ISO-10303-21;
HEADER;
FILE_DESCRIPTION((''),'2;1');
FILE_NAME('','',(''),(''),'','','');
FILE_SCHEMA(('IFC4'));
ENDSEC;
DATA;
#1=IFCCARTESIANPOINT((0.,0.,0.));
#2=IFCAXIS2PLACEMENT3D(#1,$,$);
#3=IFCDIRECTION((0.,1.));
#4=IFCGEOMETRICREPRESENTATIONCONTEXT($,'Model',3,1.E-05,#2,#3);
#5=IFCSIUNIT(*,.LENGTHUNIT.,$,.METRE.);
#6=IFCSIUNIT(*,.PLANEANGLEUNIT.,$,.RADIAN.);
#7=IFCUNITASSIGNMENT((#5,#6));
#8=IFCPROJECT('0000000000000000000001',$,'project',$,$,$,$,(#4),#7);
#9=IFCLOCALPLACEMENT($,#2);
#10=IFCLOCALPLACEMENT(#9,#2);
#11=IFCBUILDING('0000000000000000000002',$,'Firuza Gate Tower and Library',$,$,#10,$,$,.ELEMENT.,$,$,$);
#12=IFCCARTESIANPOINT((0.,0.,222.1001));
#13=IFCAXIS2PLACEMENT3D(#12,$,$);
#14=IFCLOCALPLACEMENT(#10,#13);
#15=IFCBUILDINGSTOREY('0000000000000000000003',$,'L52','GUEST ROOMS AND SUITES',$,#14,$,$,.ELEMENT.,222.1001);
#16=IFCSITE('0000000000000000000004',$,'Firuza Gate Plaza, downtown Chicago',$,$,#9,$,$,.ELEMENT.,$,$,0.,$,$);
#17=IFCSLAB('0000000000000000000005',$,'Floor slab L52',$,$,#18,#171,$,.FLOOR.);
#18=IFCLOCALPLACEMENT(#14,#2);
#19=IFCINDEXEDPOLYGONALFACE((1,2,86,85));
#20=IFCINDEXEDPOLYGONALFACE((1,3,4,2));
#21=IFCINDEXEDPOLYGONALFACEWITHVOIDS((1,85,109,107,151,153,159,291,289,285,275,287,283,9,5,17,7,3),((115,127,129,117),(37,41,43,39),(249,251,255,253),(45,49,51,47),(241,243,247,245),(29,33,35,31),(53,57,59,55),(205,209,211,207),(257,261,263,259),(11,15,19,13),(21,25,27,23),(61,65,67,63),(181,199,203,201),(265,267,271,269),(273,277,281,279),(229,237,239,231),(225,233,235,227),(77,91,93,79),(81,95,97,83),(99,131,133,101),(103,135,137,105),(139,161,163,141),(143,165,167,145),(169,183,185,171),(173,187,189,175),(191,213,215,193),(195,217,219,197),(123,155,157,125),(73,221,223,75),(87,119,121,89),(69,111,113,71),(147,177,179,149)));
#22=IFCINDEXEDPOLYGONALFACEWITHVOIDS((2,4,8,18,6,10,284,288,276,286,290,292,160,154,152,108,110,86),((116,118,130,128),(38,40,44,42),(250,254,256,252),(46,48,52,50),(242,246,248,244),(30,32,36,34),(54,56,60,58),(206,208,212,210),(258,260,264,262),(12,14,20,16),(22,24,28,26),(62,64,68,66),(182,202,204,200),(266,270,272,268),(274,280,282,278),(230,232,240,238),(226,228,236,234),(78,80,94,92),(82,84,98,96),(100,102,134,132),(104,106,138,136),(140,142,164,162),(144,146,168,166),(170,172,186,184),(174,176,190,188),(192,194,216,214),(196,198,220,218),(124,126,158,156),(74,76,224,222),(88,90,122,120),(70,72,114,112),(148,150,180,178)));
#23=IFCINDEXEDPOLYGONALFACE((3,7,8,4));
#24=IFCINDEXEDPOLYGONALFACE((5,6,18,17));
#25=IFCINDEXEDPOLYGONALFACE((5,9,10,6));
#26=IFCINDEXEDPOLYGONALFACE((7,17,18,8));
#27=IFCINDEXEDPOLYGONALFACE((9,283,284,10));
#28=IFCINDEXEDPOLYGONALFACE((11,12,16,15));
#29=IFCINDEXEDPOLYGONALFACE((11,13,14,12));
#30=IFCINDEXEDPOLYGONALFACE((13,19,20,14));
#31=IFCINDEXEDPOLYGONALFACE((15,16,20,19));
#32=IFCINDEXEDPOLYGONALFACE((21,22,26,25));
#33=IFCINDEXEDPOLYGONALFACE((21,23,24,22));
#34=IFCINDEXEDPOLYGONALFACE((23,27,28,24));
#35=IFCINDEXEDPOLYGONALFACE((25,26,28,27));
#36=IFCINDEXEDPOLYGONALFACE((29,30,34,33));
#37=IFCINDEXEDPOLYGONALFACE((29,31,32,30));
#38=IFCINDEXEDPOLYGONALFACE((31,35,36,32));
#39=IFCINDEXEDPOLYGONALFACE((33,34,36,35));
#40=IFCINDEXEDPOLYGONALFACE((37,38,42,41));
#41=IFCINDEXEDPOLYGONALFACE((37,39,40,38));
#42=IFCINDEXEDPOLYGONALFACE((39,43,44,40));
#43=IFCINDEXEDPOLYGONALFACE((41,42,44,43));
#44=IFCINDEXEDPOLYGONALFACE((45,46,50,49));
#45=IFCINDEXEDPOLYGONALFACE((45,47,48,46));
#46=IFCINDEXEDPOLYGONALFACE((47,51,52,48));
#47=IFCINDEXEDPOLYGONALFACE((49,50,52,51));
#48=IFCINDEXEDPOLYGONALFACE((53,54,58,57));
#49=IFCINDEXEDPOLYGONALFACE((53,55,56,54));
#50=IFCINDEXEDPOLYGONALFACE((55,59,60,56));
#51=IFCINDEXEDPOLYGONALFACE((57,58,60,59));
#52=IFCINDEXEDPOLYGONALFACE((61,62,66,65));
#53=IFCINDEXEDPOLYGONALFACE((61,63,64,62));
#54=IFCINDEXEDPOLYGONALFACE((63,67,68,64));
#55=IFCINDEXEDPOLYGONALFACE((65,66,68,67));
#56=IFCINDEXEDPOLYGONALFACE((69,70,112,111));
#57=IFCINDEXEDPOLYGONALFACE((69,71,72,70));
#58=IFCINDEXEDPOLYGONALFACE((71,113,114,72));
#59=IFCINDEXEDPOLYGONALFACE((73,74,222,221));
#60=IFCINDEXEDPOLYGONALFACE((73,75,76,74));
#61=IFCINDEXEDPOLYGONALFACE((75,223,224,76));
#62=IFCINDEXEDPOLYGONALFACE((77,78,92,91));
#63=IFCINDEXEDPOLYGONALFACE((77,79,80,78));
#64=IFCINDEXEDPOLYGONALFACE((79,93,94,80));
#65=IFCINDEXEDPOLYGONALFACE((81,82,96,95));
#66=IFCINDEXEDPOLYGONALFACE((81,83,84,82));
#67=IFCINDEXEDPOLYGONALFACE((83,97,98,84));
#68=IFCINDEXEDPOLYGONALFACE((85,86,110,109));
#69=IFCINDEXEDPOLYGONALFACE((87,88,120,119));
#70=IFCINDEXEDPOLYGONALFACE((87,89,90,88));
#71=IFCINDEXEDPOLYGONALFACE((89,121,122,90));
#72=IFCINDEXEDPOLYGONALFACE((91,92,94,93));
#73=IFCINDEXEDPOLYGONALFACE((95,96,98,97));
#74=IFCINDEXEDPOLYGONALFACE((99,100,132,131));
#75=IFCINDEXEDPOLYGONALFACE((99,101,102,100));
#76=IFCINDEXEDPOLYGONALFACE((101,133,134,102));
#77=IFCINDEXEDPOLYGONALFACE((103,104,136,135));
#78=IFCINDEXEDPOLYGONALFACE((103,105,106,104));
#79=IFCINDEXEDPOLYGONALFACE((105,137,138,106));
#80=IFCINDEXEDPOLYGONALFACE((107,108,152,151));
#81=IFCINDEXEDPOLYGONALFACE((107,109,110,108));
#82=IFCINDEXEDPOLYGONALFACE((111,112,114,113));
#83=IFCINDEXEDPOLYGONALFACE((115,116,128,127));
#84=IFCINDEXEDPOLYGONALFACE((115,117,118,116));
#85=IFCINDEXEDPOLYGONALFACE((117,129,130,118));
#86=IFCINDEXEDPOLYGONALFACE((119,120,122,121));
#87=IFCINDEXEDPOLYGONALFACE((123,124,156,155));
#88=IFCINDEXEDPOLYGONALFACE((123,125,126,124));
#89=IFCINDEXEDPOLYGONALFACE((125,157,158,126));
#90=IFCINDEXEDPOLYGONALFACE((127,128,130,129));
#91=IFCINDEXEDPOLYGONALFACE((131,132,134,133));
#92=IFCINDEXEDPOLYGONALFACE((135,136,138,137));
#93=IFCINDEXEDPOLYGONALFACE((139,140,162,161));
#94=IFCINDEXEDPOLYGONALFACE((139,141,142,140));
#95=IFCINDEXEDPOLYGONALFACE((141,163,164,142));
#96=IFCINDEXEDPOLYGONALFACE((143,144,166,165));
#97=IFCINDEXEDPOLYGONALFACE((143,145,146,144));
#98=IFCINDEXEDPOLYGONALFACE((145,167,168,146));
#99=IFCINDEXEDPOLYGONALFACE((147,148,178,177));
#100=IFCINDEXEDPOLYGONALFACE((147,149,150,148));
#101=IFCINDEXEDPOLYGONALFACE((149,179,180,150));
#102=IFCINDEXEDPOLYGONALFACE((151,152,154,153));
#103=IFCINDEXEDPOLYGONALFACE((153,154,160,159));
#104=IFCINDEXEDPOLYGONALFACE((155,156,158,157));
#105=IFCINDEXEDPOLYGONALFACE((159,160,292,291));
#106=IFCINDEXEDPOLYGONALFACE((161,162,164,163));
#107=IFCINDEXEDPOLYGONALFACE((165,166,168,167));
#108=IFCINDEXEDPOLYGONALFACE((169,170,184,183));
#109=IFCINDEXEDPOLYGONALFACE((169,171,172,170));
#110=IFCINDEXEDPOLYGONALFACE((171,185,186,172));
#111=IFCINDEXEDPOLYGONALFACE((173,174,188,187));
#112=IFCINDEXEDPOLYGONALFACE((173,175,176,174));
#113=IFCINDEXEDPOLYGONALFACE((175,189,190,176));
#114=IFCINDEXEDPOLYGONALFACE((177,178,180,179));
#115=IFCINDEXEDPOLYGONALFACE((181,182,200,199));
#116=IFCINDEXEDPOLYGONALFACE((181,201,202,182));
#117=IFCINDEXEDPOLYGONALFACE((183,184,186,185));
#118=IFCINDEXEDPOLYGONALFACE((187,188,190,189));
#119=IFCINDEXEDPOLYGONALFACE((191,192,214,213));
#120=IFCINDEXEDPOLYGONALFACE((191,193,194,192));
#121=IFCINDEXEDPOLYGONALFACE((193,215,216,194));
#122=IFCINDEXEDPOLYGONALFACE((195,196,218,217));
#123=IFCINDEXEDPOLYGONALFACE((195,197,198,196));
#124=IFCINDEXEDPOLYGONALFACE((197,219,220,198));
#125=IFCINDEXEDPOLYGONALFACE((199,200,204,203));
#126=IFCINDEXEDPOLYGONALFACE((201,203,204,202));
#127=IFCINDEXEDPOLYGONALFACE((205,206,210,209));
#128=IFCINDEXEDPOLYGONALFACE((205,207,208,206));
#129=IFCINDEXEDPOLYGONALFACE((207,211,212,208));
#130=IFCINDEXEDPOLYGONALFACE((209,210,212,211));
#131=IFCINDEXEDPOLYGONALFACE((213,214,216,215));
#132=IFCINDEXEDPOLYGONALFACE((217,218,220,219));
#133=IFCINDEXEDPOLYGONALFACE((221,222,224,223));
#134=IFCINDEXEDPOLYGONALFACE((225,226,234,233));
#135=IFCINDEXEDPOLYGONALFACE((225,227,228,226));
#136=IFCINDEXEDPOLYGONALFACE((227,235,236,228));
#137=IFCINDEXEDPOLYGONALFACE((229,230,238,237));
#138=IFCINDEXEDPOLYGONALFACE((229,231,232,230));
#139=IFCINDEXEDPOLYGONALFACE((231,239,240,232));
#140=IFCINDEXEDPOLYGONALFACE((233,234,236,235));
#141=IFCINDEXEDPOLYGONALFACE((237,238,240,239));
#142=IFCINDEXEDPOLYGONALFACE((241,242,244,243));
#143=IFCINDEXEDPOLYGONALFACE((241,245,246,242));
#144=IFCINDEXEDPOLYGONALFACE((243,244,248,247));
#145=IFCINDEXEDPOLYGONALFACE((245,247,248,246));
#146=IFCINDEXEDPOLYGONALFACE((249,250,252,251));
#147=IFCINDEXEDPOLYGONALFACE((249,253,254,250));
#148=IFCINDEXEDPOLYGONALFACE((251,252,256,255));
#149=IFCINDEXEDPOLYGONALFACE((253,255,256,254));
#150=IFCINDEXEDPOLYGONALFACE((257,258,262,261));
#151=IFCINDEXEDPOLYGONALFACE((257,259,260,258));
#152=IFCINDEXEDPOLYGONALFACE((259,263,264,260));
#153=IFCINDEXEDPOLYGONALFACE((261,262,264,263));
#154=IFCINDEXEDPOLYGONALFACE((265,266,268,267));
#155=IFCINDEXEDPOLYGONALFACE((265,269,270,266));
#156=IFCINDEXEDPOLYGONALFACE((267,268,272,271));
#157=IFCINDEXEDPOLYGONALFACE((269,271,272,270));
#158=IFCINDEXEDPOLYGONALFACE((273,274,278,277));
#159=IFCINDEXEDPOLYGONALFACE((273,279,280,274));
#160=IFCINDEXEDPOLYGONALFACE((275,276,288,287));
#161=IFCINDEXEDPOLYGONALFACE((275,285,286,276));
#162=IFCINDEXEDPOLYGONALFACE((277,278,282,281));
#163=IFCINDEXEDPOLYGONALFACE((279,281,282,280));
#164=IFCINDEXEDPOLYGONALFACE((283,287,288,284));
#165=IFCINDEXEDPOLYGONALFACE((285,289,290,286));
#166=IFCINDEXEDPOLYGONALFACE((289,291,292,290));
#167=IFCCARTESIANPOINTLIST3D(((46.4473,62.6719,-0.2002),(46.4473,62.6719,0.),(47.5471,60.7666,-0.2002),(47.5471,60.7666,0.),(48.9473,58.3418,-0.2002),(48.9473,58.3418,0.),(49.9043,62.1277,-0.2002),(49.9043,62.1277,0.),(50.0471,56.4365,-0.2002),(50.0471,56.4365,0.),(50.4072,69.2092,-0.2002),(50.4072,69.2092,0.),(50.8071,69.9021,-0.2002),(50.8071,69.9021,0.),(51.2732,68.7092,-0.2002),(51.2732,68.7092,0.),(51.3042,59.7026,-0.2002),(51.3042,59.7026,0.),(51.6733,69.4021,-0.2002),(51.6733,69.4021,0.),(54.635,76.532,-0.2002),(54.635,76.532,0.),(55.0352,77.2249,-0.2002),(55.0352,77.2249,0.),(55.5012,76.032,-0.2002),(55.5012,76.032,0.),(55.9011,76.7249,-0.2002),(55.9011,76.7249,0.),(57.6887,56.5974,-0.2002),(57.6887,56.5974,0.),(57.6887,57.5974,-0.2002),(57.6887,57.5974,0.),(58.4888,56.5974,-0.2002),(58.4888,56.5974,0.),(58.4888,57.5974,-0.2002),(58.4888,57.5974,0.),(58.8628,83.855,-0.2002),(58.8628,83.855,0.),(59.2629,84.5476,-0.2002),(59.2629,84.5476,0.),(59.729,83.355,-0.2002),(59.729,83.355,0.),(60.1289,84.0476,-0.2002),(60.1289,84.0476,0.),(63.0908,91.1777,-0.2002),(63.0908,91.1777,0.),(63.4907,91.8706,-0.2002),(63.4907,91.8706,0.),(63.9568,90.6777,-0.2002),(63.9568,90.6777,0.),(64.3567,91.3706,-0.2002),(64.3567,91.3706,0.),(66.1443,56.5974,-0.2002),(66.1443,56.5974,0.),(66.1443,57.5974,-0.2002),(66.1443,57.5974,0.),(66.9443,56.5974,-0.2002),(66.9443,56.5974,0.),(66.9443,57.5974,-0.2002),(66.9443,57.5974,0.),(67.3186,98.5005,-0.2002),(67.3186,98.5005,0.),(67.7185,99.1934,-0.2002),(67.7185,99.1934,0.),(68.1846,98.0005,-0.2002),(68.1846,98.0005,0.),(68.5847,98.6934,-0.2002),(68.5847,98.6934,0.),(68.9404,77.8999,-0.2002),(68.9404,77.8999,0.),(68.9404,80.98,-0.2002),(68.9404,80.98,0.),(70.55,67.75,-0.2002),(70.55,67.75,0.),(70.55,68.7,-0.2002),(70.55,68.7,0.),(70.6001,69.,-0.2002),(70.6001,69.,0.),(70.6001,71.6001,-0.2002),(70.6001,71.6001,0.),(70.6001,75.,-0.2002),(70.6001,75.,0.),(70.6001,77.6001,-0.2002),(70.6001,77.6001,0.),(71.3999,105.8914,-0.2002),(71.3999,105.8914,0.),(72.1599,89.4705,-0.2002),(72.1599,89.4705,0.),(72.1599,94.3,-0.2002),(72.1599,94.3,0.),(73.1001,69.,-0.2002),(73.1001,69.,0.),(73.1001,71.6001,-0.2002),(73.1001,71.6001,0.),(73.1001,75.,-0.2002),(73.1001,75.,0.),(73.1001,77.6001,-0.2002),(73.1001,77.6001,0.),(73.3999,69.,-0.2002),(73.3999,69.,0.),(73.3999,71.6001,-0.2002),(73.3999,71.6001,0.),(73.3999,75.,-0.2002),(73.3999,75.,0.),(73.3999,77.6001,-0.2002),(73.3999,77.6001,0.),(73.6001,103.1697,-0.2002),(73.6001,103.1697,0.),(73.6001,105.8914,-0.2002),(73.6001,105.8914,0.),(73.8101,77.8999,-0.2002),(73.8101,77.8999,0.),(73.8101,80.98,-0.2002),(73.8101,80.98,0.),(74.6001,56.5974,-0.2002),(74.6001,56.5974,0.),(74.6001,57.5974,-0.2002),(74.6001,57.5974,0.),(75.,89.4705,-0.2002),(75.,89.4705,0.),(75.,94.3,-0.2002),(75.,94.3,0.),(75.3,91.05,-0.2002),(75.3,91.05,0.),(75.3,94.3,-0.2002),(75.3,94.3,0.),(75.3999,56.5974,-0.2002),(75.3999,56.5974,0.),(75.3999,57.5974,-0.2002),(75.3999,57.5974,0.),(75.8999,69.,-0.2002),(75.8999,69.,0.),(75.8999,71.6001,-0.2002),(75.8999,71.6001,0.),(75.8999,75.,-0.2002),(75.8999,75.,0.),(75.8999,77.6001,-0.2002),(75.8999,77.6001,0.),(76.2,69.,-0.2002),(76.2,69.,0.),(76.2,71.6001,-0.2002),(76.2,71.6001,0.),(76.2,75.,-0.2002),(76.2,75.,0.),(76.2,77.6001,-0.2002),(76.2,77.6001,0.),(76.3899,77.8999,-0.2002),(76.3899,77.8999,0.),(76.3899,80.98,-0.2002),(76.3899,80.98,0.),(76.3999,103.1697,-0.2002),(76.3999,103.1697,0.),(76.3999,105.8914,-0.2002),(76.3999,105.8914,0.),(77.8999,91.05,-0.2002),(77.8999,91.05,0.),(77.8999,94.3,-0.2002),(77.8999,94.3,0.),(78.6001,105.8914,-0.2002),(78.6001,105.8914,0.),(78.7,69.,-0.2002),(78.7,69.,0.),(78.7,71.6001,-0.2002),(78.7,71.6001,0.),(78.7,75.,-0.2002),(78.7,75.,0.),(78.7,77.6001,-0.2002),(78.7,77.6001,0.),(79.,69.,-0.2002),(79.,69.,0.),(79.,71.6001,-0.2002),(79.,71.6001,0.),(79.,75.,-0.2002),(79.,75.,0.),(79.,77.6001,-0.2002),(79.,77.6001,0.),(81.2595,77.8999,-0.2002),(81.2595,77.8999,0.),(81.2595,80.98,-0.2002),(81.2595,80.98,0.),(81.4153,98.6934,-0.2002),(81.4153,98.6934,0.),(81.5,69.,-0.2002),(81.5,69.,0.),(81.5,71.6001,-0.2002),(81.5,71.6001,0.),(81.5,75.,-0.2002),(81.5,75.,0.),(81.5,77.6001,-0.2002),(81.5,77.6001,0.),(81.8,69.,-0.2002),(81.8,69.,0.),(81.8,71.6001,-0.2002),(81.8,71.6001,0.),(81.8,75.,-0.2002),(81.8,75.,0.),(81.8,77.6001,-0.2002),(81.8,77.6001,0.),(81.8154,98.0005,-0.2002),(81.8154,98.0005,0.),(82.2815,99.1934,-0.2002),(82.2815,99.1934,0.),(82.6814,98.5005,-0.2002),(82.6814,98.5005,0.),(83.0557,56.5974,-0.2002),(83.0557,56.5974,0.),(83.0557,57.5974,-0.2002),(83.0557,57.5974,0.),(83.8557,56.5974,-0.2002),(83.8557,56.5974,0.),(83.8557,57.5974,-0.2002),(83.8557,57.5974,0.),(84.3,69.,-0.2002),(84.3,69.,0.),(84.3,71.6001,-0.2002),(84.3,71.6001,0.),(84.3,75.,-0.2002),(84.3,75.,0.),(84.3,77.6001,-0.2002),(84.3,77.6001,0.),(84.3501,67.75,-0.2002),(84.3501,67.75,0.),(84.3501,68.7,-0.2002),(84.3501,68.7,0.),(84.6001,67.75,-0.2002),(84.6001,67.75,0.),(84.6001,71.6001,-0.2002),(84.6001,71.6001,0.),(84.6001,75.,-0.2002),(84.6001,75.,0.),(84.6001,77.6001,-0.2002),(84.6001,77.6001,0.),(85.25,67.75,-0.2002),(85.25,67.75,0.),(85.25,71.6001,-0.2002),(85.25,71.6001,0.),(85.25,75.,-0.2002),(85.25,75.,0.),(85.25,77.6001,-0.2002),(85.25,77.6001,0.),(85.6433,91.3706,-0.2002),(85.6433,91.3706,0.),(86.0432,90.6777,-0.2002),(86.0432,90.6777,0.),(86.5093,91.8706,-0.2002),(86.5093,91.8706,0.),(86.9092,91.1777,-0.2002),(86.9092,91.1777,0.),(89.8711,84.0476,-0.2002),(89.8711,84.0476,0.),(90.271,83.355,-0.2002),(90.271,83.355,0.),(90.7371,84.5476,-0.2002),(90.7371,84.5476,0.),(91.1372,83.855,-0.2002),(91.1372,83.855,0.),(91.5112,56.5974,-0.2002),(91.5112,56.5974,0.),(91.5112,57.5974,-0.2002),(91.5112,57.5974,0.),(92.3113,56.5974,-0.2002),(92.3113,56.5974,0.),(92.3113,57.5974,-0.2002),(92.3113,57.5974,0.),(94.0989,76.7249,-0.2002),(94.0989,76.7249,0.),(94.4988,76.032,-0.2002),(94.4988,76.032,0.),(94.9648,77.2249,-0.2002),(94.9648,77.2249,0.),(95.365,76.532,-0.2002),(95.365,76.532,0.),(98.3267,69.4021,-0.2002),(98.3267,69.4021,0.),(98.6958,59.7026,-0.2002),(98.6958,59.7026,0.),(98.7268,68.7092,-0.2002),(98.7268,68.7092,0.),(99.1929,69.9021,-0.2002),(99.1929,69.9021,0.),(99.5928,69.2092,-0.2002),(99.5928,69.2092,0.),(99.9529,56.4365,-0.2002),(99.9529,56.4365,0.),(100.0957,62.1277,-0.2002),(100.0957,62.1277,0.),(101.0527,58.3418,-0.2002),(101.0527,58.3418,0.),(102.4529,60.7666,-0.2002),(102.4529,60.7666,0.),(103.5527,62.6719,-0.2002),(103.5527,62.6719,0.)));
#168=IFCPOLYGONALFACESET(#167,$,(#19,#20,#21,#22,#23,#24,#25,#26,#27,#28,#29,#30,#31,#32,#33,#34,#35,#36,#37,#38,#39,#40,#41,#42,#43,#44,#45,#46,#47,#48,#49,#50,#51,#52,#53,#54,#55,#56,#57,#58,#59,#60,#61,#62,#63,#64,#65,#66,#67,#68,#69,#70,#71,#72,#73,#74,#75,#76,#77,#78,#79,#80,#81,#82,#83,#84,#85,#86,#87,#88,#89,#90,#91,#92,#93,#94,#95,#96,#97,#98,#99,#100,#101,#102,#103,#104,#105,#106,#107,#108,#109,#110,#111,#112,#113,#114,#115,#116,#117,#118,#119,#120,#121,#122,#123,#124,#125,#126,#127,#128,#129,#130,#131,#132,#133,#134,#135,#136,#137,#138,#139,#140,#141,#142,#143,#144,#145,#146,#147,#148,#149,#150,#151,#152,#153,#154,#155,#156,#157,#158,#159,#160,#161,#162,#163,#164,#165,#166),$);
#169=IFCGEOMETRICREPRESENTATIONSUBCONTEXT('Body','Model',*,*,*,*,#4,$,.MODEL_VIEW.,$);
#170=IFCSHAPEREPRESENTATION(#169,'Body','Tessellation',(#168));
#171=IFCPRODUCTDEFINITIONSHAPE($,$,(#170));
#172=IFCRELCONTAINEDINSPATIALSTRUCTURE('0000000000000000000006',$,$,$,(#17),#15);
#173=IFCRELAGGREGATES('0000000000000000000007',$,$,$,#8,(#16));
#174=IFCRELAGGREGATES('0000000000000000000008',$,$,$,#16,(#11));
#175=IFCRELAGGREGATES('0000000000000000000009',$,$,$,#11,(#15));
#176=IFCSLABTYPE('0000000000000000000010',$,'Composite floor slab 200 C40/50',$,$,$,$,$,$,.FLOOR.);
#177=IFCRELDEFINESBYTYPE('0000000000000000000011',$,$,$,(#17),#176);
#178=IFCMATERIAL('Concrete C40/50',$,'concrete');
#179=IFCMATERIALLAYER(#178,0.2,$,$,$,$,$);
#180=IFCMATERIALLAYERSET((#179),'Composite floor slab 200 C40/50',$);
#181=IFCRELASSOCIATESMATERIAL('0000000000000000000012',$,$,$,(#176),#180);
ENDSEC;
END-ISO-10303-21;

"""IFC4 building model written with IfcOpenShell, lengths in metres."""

from ifc_helpers import new_model, si_unit, direction, frame, origin, place, context, subcontext, project, spatial, polyline, outline, extrude, material, layer, layer_set, type_object, element, save


model = new_model("IFC4")

# Units and contexts
model_context = context("Model", 3, precision=1e-05, world=origin(), true_north=direction((0.0, 1.0)))
body_context = subcontext(model_context, "Body", "Model", "MODEL_VIEW")
ifc_project = project(units=[si_unit("LENGTHUNIT", "METRE"), si_unit("PLANEANGLEUNIT", "RADIAN")], contexts=[model_context])

# Site, building, storey
site_placement = place(None, origin())
site = spatial("IfcSite", under=ifc_project, at=site_placement, Name="Firuza Gate Plaza, downtown Chicago", CompositionType="ELEMENT", RefElevation=0.0)
building_placement = place(site_placement, origin())
building = spatial("IfcBuilding", under=site, at=building_placement, Name="Firuza Gate Tower and Library", CompositionType="ELEMENT")
storey_placement = place(building_placement, frame((0.0, 0.0, 222.1001)))
storey = spatial("IfcBuildingStorey", under=building, at=storey_placement, Name="L52", Description="GUEST ROOMS AND SUITES", CompositionType="ELEMENT", Elevation=222.1001)

# Slab
ifc_material_1 = material(Name="Concrete C40/50", Category="concrete")
ifc_layer_1 = layer(ifc_material_1, 0.2)
ifc_layer_set_1 = layer_set([ifc_layer_1], Name="Composite floor slab 200 C40/50")
slab_type_1 = type_object("IfcSlabType", Name="Composite floor slab 200 C40/50", PredefinedType="FLOOR", material=ifc_layer_set_1)
placement_1 = place(storey_placement, frame((0.0, 0.0, -0.2002)))
element("IfcSlab", 1, at=placement_1, inside=storey, type_object=slab_type_1, Name="Floor slab L52", PredefinedType="FLOOR", context=body_context, shape_type="SweptSolid", body=[
    extrude(outline(polyline([(99.9529, 56.4365), (101.0527, 58.3418), (98.6958, 59.7026), (100.0957, 62.1277), (102.4529, 60.7666), (103.5527, 62.6719), (78.6001, 105.8914), (76.3999, 105.8914), (76.3999, 103.1697), (73.6001, 103.1697), (73.6001, 105.8914), (71.3999, 105.8914), (46.4473, 62.6719), (47.5471, 60.7666), (49.9043, 62.1277), (51.3042, 59.7026), (48.9473, 58.3418), (50.0471, 56.4365), (99.9529, 56.4365)]), holes=[polyline([(57.6887, 56.5974), (57.6887, 57.5974), (58.4888, 57.5974), (58.4888, 56.5974), (57.6887, 56.5974)]), polyline([(74.6001, 56.5974), (74.6001, 57.5974), (75.3999, 57.5974), (75.3999, 56.5974), (74.6001, 56.5974)]), polyline([(66.1443, 56.5974), (66.1443, 57.5974), (66.9443, 57.5974), (66.9443, 56.5974), (66.1443, 56.5974)]), polyline([(84.3501, 67.75), (70.55, 67.75), (70.55, 68.7), (84.3501, 68.7), (84.3501, 67.75)]), polyline([(50.8071, 69.9021), (51.6733, 69.4021), (51.2732, 68.7092), (50.4072, 69.2092), (50.8071, 69.9021)]), polyline([(73.1001, 69.0), (70.6001, 69.0), (70.6001, 71.6001), (73.1001, 71.6001), (73.1001, 69.0)]), polyline([(75.8999, 69.0), (73.3999, 69.0), (73.3999, 71.6001), (75.8999, 71.6001), (75.8999, 69.0)]), polyline([(73.1001, 75.0), (70.6001, 75.0), (70.6001, 77.6001), (73.1001, 77.6001), (73.1001, 75.0)]), polyline([(75.8999, 75.0), (73.3999, 75.0), (73.3999, 77.6001), (75.8999, 77.6001), (75.8999, 75.0)]), polyline([(55.0352, 77.2249), (55.9011, 76.7249), (55.5012, 76.032), (54.635, 76.532), (55.0352, 77.2249)]), polyline([(73.8101, 77.8999), (68.9404, 77.8999), (68.9404, 80.98), (73.8101, 80.98), (73.8101, 77.8999)]), polyline([(59.2629, 84.5476), (60.1289, 84.0476), (59.729, 83.355), (58.8628, 83.855), (59.2629, 84.5476)]), polyline([(63.4907, 91.8706), (64.3567, 91.3706), (63.9568, 90.6777), (63.0908, 91.1777), (63.4907, 91.8706)]), polyline([(72.1599, 89.4705), (72.1599, 94.3), (75.0, 94.3), (75.0, 89.4705), (72.1599, 89.4705)]), polyline([(75.3, 91.05), (75.3, 94.3), (77.8999, 94.3), (77.8999, 91.05), (75.3, 91.05)]), polyline([(68.5847, 98.6934), (68.1846, 98.0005), (67.3186, 98.5005), (67.7185, 99.1934), (68.5847, 98.6934)]), polyline([(91.5112, 56.5974), (91.5112, 57.5974), (92.3113, 57.5974), (92.3113, 56.5974), (91.5112, 56.5974)]), polyline([(83.0557, 56.5974), (83.0557, 57.5974), (83.8557, 57.5974), (83.8557, 56.5974), (83.0557, 56.5974)]), polyline([(99.5928, 69.2092), (98.7268, 68.7092), (98.3267, 69.4021), (99.1929, 69.9021), (99.5928, 69.2092)]), polyline([(85.25, 67.75), (84.6001, 67.75), (84.6001, 71.6001), (85.25, 71.6001), (85.25, 67.75)]), polyline([(81.5, 69.0), (79.0, 69.0), (79.0, 71.6001), (81.5, 71.6001), (81.5, 69.0)]), polyline([(81.8, 69.0), (81.8, 71.6001), (84.3, 71.6001), (84.3, 69.0), (81.8, 69.0)]), polyline([(76.2, 69.0), (76.2, 71.6001), (78.7, 71.6001), (78.7, 69.0), (76.2, 69.0)]), polyline([(81.5, 75.0), (79.0, 75.0), (79.0, 77.6001), (81.5, 77.6001), (81.5, 75.0)]), polyline([(84.3, 75.0), (81.8, 75.0), (81.8, 77.6001), (84.3, 77.6001), (84.3, 75.0)]), polyline([(85.25, 75.0), (84.6001, 75.0), (84.6001, 77.6001), (85.25, 77.6001), (85.25, 75.0)]), polyline([(78.7, 75.0), (76.2, 75.0), (76.2, 77.6001), (78.7, 77.6001), (78.7, 75.0)]), polyline([(95.365, 76.532), (94.4988, 76.032), (94.0989, 76.7249), (94.9648, 77.2249), (95.365, 76.532)]), polyline([(81.2595, 77.8999), (76.3899, 77.8999), (76.3899, 80.98), (81.2595, 80.98), (81.2595, 77.8999)]), polyline([(91.1372, 83.855), (90.271, 83.355), (89.8711, 84.0476), (90.7371, 84.5476), (91.1372, 83.855)]), polyline([(86.0432, 90.6777), (85.6433, 91.3706), (86.5093, 91.8706), (86.9092, 91.1777), (86.0432, 90.6777)]), polyline([(81.8154, 98.0005), (81.4153, 98.6934), (82.2815, 99.1934), (82.6814, 98.5005), (81.8154, 98.0005)])]), origin(), (0.0, 0.0, 1.0), 0.2002),
])

save(model, "model.ifc")
